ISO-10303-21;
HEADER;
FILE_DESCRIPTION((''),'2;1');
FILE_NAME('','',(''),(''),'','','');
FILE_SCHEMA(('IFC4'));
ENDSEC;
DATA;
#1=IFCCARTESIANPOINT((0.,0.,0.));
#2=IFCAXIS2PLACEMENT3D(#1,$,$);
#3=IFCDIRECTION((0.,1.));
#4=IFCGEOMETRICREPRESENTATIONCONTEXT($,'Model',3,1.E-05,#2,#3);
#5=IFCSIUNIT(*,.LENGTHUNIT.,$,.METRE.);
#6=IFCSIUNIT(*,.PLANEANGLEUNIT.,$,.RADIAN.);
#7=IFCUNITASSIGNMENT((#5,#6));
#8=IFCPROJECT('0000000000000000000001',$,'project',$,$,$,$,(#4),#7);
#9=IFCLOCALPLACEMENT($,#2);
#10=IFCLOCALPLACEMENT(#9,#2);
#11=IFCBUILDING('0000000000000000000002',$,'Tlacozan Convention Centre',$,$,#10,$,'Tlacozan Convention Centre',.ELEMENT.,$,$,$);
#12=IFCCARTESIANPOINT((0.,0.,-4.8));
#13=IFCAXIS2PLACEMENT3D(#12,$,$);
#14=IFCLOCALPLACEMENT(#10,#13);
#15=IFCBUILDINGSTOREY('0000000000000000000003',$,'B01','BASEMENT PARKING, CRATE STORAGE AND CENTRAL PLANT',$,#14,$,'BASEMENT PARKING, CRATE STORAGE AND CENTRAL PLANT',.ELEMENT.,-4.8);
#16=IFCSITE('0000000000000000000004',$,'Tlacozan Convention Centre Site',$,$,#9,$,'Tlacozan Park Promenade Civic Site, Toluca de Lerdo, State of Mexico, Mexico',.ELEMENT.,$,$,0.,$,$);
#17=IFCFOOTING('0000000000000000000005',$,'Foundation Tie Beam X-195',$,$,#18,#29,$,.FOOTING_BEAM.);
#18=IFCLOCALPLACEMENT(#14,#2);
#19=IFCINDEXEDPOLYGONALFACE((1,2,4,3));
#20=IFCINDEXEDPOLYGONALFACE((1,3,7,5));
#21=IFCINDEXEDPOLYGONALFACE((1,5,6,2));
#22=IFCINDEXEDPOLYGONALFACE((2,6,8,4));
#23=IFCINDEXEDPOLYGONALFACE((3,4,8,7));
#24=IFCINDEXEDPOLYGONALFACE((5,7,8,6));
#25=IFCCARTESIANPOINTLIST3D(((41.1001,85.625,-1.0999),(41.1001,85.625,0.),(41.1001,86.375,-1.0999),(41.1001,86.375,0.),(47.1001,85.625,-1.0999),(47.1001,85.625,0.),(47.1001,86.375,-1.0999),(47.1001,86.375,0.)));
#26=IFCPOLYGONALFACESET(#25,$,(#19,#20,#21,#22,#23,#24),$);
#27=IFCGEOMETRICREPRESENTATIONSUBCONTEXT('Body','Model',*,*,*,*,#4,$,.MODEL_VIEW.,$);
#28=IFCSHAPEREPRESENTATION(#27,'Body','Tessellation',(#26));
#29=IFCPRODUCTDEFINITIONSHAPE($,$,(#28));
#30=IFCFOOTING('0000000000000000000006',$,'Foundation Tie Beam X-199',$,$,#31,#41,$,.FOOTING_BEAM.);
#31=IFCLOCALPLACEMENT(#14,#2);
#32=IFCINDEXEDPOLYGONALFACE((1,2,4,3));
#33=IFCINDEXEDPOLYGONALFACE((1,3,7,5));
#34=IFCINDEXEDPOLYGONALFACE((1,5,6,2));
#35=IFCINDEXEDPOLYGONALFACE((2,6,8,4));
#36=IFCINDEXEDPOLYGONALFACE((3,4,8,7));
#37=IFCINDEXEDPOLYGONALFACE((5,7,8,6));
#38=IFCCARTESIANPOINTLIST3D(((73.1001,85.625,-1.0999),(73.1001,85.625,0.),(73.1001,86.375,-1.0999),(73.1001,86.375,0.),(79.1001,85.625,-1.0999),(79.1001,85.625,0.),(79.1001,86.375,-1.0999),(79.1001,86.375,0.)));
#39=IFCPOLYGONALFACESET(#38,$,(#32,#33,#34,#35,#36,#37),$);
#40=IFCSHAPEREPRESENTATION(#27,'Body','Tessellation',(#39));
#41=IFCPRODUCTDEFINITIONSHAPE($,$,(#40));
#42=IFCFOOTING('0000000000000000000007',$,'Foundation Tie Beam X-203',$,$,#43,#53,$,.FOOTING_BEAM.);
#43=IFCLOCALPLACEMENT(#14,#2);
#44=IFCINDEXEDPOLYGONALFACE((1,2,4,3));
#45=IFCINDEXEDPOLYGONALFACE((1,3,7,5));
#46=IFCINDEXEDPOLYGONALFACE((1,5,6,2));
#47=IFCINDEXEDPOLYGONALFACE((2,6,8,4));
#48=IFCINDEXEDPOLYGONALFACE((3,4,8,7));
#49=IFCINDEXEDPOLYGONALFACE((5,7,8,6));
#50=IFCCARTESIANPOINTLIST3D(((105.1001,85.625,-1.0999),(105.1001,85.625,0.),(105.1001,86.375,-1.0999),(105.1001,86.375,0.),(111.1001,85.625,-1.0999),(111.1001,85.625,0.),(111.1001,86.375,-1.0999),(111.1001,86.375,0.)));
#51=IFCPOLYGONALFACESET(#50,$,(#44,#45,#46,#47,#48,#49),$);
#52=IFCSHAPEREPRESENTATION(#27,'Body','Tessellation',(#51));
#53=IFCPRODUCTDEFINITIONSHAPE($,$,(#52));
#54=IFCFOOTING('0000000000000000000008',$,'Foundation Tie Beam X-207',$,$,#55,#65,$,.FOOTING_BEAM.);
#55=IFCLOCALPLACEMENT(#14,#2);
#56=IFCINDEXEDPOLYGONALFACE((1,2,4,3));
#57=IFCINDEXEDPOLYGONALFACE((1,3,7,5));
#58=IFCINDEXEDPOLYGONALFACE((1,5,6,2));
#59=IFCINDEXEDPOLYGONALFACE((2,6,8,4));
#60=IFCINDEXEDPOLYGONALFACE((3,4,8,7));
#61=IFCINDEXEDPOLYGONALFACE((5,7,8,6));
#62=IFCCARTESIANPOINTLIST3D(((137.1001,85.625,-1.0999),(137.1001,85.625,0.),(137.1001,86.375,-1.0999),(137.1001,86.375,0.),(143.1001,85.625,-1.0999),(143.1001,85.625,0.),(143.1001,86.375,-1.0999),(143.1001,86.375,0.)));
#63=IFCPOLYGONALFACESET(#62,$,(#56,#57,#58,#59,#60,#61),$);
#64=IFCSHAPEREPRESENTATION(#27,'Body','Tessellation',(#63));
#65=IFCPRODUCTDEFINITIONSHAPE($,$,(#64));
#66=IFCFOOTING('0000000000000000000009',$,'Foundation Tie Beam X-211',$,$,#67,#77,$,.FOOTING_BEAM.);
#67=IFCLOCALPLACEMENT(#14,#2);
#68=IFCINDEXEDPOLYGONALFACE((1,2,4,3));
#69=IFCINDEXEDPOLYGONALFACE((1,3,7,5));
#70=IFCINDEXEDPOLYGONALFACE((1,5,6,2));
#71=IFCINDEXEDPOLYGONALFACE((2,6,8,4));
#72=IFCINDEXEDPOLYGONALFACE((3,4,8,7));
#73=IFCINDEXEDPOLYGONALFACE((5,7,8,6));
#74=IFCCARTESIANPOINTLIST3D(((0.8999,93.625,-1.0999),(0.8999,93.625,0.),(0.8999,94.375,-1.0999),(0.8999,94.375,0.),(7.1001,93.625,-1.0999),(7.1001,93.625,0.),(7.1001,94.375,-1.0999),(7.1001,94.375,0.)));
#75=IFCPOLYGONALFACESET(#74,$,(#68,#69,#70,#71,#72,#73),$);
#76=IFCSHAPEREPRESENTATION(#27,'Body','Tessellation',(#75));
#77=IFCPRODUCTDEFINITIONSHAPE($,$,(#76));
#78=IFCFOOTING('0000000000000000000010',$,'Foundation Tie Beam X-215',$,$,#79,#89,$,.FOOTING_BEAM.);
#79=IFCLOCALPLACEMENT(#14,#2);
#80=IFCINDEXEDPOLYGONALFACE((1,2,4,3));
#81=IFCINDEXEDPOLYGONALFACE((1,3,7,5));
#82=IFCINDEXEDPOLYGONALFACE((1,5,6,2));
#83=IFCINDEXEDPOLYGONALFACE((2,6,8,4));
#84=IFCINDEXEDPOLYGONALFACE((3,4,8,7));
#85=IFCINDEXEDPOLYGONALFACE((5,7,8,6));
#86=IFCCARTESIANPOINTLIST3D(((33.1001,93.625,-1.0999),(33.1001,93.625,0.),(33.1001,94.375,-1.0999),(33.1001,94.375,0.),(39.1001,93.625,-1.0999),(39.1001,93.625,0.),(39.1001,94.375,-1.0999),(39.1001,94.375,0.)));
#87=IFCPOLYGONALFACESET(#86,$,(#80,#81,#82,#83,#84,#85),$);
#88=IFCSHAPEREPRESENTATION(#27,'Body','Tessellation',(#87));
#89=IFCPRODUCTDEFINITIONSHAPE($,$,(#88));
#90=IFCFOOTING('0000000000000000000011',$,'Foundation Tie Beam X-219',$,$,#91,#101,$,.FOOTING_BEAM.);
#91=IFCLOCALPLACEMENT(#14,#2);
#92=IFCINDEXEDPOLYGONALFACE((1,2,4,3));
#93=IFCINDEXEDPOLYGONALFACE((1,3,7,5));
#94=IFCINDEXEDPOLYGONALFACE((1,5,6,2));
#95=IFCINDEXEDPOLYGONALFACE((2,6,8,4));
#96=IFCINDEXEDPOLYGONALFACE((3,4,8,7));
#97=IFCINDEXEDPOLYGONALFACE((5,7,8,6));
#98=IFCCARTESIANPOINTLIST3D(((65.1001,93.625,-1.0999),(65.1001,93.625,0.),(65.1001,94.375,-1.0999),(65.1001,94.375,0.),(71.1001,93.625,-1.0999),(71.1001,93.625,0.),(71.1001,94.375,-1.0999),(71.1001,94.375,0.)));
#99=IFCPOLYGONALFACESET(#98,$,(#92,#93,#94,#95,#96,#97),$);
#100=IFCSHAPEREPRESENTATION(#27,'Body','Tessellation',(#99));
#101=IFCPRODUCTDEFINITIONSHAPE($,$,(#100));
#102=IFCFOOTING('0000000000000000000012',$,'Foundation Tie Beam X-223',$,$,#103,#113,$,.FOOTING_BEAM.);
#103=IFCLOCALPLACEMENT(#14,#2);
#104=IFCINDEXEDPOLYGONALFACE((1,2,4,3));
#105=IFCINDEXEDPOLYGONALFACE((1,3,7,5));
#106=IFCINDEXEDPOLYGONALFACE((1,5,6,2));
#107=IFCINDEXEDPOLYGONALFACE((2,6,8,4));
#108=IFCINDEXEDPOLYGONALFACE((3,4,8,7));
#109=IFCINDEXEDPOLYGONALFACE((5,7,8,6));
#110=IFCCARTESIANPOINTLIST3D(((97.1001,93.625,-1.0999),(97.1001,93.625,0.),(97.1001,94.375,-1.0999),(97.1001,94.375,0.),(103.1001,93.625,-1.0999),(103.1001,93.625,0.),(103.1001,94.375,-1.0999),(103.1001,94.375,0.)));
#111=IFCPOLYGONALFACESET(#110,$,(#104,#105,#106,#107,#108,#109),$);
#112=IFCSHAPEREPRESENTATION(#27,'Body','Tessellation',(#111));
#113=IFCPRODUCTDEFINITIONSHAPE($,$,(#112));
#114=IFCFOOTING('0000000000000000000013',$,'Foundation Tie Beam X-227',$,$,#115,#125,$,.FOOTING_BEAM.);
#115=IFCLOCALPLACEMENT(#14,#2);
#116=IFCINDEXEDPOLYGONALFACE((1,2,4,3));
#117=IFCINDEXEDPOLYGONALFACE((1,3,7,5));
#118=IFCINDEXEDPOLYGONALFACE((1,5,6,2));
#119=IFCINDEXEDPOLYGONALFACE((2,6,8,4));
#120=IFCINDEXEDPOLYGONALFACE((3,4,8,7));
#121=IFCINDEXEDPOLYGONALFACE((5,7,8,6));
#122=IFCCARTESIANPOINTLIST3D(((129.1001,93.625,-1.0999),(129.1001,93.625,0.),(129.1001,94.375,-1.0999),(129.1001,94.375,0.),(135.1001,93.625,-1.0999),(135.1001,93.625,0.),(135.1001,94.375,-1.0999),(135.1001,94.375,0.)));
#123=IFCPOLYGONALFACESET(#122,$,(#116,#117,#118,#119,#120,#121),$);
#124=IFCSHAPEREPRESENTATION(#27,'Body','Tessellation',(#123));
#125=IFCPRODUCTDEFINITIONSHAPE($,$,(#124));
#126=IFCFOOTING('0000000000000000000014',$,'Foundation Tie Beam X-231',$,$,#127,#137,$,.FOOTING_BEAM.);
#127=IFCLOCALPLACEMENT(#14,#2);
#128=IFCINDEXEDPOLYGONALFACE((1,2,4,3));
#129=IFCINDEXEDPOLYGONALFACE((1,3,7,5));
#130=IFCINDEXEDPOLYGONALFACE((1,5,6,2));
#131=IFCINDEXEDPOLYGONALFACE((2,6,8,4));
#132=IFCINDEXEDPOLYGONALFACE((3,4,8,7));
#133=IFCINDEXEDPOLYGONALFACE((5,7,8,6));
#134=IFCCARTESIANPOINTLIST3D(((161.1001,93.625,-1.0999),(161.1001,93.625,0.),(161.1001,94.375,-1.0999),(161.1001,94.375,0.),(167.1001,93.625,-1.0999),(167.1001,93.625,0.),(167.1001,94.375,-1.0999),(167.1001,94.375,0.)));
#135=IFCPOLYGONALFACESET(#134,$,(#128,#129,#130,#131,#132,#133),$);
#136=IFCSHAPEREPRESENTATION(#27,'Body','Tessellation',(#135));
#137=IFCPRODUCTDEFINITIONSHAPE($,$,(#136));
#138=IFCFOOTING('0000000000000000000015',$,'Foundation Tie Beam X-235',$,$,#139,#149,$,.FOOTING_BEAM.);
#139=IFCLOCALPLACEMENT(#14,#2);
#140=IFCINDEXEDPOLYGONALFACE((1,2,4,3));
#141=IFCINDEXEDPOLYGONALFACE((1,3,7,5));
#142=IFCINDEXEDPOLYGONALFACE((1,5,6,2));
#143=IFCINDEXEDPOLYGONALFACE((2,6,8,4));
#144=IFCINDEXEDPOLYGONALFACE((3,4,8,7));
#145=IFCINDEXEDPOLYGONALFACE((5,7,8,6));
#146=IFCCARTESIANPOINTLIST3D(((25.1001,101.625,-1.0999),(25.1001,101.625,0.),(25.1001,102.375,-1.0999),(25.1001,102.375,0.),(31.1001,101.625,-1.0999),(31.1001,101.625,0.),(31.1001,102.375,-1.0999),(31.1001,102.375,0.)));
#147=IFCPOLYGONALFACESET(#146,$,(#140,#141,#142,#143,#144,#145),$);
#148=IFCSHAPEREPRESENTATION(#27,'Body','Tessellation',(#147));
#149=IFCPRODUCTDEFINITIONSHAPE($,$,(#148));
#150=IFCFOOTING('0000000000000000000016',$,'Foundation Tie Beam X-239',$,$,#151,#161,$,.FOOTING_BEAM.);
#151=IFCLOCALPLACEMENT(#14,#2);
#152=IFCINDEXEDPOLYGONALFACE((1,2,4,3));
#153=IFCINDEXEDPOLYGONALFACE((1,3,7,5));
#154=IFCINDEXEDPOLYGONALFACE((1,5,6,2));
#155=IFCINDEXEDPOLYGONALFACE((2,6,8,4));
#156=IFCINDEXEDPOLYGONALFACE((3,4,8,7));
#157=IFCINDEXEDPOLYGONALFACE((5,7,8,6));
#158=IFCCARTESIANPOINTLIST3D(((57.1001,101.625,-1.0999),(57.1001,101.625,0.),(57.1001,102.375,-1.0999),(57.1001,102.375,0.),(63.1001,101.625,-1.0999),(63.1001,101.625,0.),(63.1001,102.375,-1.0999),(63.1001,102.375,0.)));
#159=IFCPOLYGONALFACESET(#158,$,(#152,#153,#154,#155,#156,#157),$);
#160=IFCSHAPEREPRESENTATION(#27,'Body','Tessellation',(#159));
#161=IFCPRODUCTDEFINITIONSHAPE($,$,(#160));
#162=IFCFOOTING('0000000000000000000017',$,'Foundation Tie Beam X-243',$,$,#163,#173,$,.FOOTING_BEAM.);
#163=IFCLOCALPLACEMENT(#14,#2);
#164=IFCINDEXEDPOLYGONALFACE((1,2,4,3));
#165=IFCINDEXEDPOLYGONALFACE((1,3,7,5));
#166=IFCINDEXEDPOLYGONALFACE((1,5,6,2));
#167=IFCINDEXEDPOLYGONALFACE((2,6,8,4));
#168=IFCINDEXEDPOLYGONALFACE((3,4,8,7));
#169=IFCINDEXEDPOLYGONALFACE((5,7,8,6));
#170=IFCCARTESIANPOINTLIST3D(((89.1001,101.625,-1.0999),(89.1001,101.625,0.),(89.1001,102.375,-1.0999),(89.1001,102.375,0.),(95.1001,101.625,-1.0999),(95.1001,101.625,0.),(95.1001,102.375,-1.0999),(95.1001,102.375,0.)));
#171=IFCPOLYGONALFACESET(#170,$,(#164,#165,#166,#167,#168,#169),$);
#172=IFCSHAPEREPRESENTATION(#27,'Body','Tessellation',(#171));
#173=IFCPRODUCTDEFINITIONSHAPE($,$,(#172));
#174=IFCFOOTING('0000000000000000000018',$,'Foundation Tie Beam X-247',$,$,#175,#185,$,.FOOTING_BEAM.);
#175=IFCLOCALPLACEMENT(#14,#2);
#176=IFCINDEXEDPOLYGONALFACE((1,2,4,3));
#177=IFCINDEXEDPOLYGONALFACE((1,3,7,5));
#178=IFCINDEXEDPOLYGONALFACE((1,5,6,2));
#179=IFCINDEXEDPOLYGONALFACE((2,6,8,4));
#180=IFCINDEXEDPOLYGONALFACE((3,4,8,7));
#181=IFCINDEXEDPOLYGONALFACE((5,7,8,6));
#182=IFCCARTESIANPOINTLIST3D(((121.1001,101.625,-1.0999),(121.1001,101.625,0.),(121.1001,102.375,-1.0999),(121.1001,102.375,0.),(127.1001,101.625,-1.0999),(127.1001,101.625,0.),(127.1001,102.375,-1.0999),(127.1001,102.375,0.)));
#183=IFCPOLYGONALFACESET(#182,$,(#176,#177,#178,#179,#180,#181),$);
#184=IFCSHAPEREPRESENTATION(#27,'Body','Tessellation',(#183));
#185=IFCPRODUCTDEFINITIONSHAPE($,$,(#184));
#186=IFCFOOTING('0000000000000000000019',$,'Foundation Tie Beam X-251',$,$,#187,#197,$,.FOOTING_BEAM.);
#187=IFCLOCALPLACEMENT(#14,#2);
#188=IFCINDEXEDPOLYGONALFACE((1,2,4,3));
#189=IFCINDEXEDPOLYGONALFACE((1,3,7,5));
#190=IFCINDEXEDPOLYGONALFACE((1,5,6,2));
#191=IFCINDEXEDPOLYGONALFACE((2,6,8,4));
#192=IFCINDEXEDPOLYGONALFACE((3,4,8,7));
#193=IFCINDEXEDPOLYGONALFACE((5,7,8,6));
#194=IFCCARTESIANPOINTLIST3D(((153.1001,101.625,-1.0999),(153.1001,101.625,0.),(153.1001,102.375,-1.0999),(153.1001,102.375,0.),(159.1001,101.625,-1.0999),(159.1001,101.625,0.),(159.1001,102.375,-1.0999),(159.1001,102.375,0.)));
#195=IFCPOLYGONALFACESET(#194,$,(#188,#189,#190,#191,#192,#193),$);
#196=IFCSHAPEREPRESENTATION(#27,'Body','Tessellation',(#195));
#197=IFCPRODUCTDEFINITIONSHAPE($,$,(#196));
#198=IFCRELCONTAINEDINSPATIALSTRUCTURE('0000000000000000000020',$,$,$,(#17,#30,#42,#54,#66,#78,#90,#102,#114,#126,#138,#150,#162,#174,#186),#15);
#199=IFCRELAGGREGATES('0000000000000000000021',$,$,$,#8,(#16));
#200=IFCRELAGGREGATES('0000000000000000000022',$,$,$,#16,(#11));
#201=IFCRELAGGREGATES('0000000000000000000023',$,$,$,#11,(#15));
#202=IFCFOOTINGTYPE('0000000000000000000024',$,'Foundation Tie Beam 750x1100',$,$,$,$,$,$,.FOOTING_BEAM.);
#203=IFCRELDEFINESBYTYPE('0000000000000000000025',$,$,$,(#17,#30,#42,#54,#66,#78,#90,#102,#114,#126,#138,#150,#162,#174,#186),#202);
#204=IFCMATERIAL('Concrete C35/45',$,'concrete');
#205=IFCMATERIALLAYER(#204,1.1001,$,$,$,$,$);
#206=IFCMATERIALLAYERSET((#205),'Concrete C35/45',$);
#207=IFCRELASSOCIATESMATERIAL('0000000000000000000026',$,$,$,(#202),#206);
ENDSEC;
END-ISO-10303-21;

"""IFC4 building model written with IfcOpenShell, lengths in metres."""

from ifc_helpers import new_model, si_unit, direction, frame, origin, place, context, subcontext, project, spatial, polyline, outline, extrude, material, layer, layer_set, type_object, element, save


model = new_model("IFC4")

# Units and contexts
model_context = context("Model", 3, precision=1e-05, world=origin(), true_north=direction((0.0, 1.0)))
body_context = subcontext(model_context, "Body", "Model", "MODEL_VIEW")
ifc_project = project(units=[si_unit("LENGTHUNIT", "METRE"), si_unit("PLANEANGLEUNIT", "RADIAN")], contexts=[model_context])

# Site, building, storey
site_placement = place(None, origin())
site = spatial("IfcSite", under=ifc_project, at=site_placement, Name="Tlacozan Convention Centre Site", LongName="Tlacozan Park Promenade Civic Site, Toluca de Lerdo, State of Mexico, Mexico", CompositionType="ELEMENT", RefElevation=0.0)
building_placement = place(site_placement, origin())
building = spatial("IfcBuilding", under=site, at=building_placement, Name="Tlacozan Convention Centre", LongName="Tlacozan Convention Centre", CompositionType="ELEMENT")
storey_placement = place(building_placement, frame((0.0, 0.0, -4.8)))
storey = spatial("IfcBuildingStorey", under=building, at=storey_placement, Name="B01", Description="BASEMENT PARKING, CRATE STORAGE AND CENTRAL PLANT", LongName="BASEMENT PARKING, CRATE STORAGE AND CENTRAL PLANT", CompositionType="ELEMENT", Elevation=-4.8)

# Footings
ifc_material = material(Name="Concrete C35/45", Category="concrete")
ifc_layer = layer(ifc_material, 1.1001)
ifc_layer_set = layer_set([ifc_layer], Name="Concrete C35/45")
footing_type = type_object("IfcFootingType", Name="Foundation Tie Beam 750x1100", PredefinedType="FOOTING_BEAM", material=ifc_layer_set)
footing_1_placement = place(storey_placement, frame((0.0, 0.0, -1.0999)))
element("IfcFooting", 1, at=footing_1_placement, inside=storey, type_object=footing_type, Name="Foundation Tie Beam X-195", PredefinedType="FOOTING_BEAM", context=body_context, shape_type="SweptSolid", body=[
    extrude(outline(polyline([(41.1001, 85.625), (47.1001, 85.625), (47.1001, 86.375), (41.1001, 86.375), (41.1001, 85.625)])), origin(), (0.0, 0.0, 1.0), 1.0999),
])
footing_2_placement = place(storey_placement, frame((0.0, 0.0, -1.0999)))
element("IfcFooting", 2, at=footing_2_placement, inside=storey, type_object=footing_type, Name="Foundation Tie Beam X-199", PredefinedType="FOOTING_BEAM", context=body_context, shape_type="SweptSolid", body=[
    extrude(outline(polyline([(73.1001, 85.625), (79.1001, 85.625), (79.1001, 86.375), (73.1001, 86.375), (73.1001, 85.625)])), origin(), (0.0, 0.0, 1.0), 1.0999),
])
footing_3_placement = place(storey_placement, frame((0.0, 0.0, -1.0999)))
element("IfcFooting", 3, at=footing_3_placement, inside=storey, type_object=footing_type, Name="Foundation Tie Beam X-203", PredefinedType="FOOTING_BEAM", context=body_context, shape_type="SweptSolid", body=[
    extrude(outline(polyline([(105.1001, 85.625), (111.1001, 85.625), (111.1001, 86.375), (105.1001, 86.375), (105.1001, 85.625)])), origin(), (0.0, 0.0, 1.0), 1.0999),
])
footing_4_placement = place(storey_placement, frame((0.0, 0.0, -1.0999)))
element("IfcFooting", 4, at=footing_4_placement, inside=storey, type_object=footing_type, Name="Foundation Tie Beam X-207", PredefinedType="FOOTING_BEAM", context=body_context, shape_type="SweptSolid", body=[
    extrude(outline(polyline([(137.1001, 85.625), (143.1001, 85.625), (143.1001, 86.375), (137.1001, 86.375), (137.1001, 85.625)])), origin(), (0.0, 0.0, 1.0), 1.0999),
])
footing_5_placement = place(storey_placement, frame((0.0, 0.0, -1.0999)))
element("IfcFooting", 5, at=footing_5_placement, inside=storey, type_object=footing_type, Name="Foundation Tie Beam X-211", PredefinedType="FOOTING_BEAM", context=body_context, shape_type="SweptSolid", body=[
    extrude(outline(polyline([(0.8999, 93.625), (7.1001, 93.625), (7.1001, 94.375), (0.8999, 94.375), (0.8999, 93.625)])), origin(), (0.0, 0.0, 1.0), 1.0999),
])
footing_6_placement = place(storey_placement, frame((0.0, 0.0, -1.0999)))
element("IfcFooting", 6, at=footing_6_placement, inside=storey, type_object=footing_type, Name="Foundation Tie Beam X-215", PredefinedType="FOOTING_BEAM", context=body_context, shape_type="SweptSolid", body=[
    extrude(outline(polyline([(33.1001, 93.625), (39.1001, 93.625), (39.1001, 94.375), (33.1001, 94.375), (33.1001, 93.625)])), origin(), (0.0, 0.0, 1.0), 1.0999),
])
footing_7_placement = place(storey_placement, frame((0.0, 0.0, -1.0999)))
element("IfcFooting", 7, at=footing_7_placement, inside=storey, type_object=footing_type, Name="Foundation Tie Beam X-219", PredefinedType="FOOTING_BEAM", context=body_context, shape_type="SweptSolid", body=[
    extrude(outline(polyline([(65.1001, 93.625), (71.1001, 93.625), (71.1001, 94.375), (65.1001, 94.375), (65.1001, 93.625)])), origin(), (0.0, 0.0, 1.0), 1.0999),
])
footing_8_placement = place(storey_placement, frame((0.0, 0.0, -1.0999)))
element("IfcFooting", 8, at=footing_8_placement, inside=storey, type_object=footing_type, Name="Foundation Tie Beam X-223", PredefinedType="FOOTING_BEAM", context=body_context, shape_type="SweptSolid", body=[
    extrude(outline(polyline([(97.1001, 93.625), (103.1001, 93.625), (103.1001, 94.375), (97.1001, 94.375), (97.1001, 93.625)])), origin(), (0.0, 0.0, 1.0), 1.0999),
])
footing_9_placement = place(storey_placement, frame((0.0, 0.0, -1.0999)))
element("IfcFooting", 9, at=footing_9_placement, inside=storey, type_object=footing_type, Name="Foundation Tie Beam X-227", PredefinedType="FOOTING_BEAM", context=body_context, shape_type="SweptSolid", body=[
    extrude(outline(polyline([(129.1001, 93.625), (135.1001, 93.625), (135.1001, 94.375), (129.1001, 94.375), (129.1001, 93.625)])), origin(), (0.0, 0.0, 1.0), 1.0999),
])
footing_10_placement = place(storey_placement, frame((0.0, 0.0, -1.0999)))
element("IfcFooting", 10, at=footing_10_placement, inside=storey, type_object=footing_type, Name="Foundation Tie Beam X-231", PredefinedType="FOOTING_BEAM", context=body_context, shape_type="SweptSolid", body=[
    extrude(outline(polyline([(161.1001, 93.625), (167.1001, 93.625), (167.1001, 94.375), (161.1001, 94.375), (161.1001, 93.625)])), origin(), (0.0, 0.0, 1.0), 1.0999),
])
footing_11_placement = place(storey_placement, frame((0.0, 0.0, -1.0999)))
element("IfcFooting", 11, at=footing_11_placement, inside=storey, type_object=footing_type, Name="Foundation Tie Beam X-235", PredefinedType="FOOTING_BEAM", context=body_context, shape_type="SweptSolid", body=[
    extrude(outline(polyline([(25.1001, 101.625), (31.1001, 101.625), (31.1001, 102.375), (25.1001, 102.375), (25.1001, 101.625)])), origin(), (0.0, 0.0, 1.0), 1.0999),
])
footing_12_placement = place(storey_placement, frame((0.0, 0.0, -1.0999)))
element("IfcFooting", 12, at=footing_12_placement, inside=storey, type_object=footing_type, Name="Foundation Tie Beam X-239", PredefinedType="FOOTING_BEAM", context=body_context, shape_type="SweptSolid", body=[
    extrude(outline(polyline([(57.1001, 101.625), (63.1001, 101.625), (63.1001, 102.375), (57.1001, 102.375), (57.1001, 101.625)])), origin(), (0.0, 0.0, 1.0), 1.0999),
])
footing_13_placement = place(storey_placement, frame((0.0, 0.0, -1.0999)))
element("IfcFooting", 13, at=footing_13_placement, inside=storey, type_object=footing_type, Name="Foundation Tie Beam X-243", PredefinedType="FOOTING_BEAM", context=body_context, shape_type="SweptSolid", body=[
    extrude(outline(polyline([(89.1001, 101.625), (95.1001, 101.625), (95.1001, 102.375), (89.1001, 102.375), (89.1001, 101.625)])), origin(), (0.0, 0.0, 1.0), 1.0999),
])
footing_14_placement = place(storey_placement, frame((0.0, 0.0, -1.0999)))
element("IfcFooting", 14, at=footing_14_placement, inside=storey, type_object=footing_type, Name="Foundation Tie Beam X-247", PredefinedType="FOOTING_BEAM", context=body_context, shape_type="SweptSolid", body=[
    extrude(outline(polyline([(121.1001, 101.625), (127.1001, 101.625), (127.1001, 102.375), (121.1001, 102.375), (121.1001, 101.625)])), origin(), (0.0, 0.0, 1.0), 1.0999),
])
footing_15_placement = place(storey_placement, frame((0.0, 0.0, -1.0999)))
element("IfcFooting", 15, at=footing_15_placement, inside=storey, type_object=footing_type, Name="Foundation Tie Beam X-251", PredefinedType="FOOTING_BEAM", context=body_context, shape_type="SweptSolid", body=[
    extrude(outline(polyline([(153.1001, 101.625), (159.1001, 101.625), (159.1001, 102.375), (153.1001, 102.375), (153.1001, 101.625)])), origin(), (0.0, 0.0, 1.0), 1.0999),
])

save(model, "model.ifc")
